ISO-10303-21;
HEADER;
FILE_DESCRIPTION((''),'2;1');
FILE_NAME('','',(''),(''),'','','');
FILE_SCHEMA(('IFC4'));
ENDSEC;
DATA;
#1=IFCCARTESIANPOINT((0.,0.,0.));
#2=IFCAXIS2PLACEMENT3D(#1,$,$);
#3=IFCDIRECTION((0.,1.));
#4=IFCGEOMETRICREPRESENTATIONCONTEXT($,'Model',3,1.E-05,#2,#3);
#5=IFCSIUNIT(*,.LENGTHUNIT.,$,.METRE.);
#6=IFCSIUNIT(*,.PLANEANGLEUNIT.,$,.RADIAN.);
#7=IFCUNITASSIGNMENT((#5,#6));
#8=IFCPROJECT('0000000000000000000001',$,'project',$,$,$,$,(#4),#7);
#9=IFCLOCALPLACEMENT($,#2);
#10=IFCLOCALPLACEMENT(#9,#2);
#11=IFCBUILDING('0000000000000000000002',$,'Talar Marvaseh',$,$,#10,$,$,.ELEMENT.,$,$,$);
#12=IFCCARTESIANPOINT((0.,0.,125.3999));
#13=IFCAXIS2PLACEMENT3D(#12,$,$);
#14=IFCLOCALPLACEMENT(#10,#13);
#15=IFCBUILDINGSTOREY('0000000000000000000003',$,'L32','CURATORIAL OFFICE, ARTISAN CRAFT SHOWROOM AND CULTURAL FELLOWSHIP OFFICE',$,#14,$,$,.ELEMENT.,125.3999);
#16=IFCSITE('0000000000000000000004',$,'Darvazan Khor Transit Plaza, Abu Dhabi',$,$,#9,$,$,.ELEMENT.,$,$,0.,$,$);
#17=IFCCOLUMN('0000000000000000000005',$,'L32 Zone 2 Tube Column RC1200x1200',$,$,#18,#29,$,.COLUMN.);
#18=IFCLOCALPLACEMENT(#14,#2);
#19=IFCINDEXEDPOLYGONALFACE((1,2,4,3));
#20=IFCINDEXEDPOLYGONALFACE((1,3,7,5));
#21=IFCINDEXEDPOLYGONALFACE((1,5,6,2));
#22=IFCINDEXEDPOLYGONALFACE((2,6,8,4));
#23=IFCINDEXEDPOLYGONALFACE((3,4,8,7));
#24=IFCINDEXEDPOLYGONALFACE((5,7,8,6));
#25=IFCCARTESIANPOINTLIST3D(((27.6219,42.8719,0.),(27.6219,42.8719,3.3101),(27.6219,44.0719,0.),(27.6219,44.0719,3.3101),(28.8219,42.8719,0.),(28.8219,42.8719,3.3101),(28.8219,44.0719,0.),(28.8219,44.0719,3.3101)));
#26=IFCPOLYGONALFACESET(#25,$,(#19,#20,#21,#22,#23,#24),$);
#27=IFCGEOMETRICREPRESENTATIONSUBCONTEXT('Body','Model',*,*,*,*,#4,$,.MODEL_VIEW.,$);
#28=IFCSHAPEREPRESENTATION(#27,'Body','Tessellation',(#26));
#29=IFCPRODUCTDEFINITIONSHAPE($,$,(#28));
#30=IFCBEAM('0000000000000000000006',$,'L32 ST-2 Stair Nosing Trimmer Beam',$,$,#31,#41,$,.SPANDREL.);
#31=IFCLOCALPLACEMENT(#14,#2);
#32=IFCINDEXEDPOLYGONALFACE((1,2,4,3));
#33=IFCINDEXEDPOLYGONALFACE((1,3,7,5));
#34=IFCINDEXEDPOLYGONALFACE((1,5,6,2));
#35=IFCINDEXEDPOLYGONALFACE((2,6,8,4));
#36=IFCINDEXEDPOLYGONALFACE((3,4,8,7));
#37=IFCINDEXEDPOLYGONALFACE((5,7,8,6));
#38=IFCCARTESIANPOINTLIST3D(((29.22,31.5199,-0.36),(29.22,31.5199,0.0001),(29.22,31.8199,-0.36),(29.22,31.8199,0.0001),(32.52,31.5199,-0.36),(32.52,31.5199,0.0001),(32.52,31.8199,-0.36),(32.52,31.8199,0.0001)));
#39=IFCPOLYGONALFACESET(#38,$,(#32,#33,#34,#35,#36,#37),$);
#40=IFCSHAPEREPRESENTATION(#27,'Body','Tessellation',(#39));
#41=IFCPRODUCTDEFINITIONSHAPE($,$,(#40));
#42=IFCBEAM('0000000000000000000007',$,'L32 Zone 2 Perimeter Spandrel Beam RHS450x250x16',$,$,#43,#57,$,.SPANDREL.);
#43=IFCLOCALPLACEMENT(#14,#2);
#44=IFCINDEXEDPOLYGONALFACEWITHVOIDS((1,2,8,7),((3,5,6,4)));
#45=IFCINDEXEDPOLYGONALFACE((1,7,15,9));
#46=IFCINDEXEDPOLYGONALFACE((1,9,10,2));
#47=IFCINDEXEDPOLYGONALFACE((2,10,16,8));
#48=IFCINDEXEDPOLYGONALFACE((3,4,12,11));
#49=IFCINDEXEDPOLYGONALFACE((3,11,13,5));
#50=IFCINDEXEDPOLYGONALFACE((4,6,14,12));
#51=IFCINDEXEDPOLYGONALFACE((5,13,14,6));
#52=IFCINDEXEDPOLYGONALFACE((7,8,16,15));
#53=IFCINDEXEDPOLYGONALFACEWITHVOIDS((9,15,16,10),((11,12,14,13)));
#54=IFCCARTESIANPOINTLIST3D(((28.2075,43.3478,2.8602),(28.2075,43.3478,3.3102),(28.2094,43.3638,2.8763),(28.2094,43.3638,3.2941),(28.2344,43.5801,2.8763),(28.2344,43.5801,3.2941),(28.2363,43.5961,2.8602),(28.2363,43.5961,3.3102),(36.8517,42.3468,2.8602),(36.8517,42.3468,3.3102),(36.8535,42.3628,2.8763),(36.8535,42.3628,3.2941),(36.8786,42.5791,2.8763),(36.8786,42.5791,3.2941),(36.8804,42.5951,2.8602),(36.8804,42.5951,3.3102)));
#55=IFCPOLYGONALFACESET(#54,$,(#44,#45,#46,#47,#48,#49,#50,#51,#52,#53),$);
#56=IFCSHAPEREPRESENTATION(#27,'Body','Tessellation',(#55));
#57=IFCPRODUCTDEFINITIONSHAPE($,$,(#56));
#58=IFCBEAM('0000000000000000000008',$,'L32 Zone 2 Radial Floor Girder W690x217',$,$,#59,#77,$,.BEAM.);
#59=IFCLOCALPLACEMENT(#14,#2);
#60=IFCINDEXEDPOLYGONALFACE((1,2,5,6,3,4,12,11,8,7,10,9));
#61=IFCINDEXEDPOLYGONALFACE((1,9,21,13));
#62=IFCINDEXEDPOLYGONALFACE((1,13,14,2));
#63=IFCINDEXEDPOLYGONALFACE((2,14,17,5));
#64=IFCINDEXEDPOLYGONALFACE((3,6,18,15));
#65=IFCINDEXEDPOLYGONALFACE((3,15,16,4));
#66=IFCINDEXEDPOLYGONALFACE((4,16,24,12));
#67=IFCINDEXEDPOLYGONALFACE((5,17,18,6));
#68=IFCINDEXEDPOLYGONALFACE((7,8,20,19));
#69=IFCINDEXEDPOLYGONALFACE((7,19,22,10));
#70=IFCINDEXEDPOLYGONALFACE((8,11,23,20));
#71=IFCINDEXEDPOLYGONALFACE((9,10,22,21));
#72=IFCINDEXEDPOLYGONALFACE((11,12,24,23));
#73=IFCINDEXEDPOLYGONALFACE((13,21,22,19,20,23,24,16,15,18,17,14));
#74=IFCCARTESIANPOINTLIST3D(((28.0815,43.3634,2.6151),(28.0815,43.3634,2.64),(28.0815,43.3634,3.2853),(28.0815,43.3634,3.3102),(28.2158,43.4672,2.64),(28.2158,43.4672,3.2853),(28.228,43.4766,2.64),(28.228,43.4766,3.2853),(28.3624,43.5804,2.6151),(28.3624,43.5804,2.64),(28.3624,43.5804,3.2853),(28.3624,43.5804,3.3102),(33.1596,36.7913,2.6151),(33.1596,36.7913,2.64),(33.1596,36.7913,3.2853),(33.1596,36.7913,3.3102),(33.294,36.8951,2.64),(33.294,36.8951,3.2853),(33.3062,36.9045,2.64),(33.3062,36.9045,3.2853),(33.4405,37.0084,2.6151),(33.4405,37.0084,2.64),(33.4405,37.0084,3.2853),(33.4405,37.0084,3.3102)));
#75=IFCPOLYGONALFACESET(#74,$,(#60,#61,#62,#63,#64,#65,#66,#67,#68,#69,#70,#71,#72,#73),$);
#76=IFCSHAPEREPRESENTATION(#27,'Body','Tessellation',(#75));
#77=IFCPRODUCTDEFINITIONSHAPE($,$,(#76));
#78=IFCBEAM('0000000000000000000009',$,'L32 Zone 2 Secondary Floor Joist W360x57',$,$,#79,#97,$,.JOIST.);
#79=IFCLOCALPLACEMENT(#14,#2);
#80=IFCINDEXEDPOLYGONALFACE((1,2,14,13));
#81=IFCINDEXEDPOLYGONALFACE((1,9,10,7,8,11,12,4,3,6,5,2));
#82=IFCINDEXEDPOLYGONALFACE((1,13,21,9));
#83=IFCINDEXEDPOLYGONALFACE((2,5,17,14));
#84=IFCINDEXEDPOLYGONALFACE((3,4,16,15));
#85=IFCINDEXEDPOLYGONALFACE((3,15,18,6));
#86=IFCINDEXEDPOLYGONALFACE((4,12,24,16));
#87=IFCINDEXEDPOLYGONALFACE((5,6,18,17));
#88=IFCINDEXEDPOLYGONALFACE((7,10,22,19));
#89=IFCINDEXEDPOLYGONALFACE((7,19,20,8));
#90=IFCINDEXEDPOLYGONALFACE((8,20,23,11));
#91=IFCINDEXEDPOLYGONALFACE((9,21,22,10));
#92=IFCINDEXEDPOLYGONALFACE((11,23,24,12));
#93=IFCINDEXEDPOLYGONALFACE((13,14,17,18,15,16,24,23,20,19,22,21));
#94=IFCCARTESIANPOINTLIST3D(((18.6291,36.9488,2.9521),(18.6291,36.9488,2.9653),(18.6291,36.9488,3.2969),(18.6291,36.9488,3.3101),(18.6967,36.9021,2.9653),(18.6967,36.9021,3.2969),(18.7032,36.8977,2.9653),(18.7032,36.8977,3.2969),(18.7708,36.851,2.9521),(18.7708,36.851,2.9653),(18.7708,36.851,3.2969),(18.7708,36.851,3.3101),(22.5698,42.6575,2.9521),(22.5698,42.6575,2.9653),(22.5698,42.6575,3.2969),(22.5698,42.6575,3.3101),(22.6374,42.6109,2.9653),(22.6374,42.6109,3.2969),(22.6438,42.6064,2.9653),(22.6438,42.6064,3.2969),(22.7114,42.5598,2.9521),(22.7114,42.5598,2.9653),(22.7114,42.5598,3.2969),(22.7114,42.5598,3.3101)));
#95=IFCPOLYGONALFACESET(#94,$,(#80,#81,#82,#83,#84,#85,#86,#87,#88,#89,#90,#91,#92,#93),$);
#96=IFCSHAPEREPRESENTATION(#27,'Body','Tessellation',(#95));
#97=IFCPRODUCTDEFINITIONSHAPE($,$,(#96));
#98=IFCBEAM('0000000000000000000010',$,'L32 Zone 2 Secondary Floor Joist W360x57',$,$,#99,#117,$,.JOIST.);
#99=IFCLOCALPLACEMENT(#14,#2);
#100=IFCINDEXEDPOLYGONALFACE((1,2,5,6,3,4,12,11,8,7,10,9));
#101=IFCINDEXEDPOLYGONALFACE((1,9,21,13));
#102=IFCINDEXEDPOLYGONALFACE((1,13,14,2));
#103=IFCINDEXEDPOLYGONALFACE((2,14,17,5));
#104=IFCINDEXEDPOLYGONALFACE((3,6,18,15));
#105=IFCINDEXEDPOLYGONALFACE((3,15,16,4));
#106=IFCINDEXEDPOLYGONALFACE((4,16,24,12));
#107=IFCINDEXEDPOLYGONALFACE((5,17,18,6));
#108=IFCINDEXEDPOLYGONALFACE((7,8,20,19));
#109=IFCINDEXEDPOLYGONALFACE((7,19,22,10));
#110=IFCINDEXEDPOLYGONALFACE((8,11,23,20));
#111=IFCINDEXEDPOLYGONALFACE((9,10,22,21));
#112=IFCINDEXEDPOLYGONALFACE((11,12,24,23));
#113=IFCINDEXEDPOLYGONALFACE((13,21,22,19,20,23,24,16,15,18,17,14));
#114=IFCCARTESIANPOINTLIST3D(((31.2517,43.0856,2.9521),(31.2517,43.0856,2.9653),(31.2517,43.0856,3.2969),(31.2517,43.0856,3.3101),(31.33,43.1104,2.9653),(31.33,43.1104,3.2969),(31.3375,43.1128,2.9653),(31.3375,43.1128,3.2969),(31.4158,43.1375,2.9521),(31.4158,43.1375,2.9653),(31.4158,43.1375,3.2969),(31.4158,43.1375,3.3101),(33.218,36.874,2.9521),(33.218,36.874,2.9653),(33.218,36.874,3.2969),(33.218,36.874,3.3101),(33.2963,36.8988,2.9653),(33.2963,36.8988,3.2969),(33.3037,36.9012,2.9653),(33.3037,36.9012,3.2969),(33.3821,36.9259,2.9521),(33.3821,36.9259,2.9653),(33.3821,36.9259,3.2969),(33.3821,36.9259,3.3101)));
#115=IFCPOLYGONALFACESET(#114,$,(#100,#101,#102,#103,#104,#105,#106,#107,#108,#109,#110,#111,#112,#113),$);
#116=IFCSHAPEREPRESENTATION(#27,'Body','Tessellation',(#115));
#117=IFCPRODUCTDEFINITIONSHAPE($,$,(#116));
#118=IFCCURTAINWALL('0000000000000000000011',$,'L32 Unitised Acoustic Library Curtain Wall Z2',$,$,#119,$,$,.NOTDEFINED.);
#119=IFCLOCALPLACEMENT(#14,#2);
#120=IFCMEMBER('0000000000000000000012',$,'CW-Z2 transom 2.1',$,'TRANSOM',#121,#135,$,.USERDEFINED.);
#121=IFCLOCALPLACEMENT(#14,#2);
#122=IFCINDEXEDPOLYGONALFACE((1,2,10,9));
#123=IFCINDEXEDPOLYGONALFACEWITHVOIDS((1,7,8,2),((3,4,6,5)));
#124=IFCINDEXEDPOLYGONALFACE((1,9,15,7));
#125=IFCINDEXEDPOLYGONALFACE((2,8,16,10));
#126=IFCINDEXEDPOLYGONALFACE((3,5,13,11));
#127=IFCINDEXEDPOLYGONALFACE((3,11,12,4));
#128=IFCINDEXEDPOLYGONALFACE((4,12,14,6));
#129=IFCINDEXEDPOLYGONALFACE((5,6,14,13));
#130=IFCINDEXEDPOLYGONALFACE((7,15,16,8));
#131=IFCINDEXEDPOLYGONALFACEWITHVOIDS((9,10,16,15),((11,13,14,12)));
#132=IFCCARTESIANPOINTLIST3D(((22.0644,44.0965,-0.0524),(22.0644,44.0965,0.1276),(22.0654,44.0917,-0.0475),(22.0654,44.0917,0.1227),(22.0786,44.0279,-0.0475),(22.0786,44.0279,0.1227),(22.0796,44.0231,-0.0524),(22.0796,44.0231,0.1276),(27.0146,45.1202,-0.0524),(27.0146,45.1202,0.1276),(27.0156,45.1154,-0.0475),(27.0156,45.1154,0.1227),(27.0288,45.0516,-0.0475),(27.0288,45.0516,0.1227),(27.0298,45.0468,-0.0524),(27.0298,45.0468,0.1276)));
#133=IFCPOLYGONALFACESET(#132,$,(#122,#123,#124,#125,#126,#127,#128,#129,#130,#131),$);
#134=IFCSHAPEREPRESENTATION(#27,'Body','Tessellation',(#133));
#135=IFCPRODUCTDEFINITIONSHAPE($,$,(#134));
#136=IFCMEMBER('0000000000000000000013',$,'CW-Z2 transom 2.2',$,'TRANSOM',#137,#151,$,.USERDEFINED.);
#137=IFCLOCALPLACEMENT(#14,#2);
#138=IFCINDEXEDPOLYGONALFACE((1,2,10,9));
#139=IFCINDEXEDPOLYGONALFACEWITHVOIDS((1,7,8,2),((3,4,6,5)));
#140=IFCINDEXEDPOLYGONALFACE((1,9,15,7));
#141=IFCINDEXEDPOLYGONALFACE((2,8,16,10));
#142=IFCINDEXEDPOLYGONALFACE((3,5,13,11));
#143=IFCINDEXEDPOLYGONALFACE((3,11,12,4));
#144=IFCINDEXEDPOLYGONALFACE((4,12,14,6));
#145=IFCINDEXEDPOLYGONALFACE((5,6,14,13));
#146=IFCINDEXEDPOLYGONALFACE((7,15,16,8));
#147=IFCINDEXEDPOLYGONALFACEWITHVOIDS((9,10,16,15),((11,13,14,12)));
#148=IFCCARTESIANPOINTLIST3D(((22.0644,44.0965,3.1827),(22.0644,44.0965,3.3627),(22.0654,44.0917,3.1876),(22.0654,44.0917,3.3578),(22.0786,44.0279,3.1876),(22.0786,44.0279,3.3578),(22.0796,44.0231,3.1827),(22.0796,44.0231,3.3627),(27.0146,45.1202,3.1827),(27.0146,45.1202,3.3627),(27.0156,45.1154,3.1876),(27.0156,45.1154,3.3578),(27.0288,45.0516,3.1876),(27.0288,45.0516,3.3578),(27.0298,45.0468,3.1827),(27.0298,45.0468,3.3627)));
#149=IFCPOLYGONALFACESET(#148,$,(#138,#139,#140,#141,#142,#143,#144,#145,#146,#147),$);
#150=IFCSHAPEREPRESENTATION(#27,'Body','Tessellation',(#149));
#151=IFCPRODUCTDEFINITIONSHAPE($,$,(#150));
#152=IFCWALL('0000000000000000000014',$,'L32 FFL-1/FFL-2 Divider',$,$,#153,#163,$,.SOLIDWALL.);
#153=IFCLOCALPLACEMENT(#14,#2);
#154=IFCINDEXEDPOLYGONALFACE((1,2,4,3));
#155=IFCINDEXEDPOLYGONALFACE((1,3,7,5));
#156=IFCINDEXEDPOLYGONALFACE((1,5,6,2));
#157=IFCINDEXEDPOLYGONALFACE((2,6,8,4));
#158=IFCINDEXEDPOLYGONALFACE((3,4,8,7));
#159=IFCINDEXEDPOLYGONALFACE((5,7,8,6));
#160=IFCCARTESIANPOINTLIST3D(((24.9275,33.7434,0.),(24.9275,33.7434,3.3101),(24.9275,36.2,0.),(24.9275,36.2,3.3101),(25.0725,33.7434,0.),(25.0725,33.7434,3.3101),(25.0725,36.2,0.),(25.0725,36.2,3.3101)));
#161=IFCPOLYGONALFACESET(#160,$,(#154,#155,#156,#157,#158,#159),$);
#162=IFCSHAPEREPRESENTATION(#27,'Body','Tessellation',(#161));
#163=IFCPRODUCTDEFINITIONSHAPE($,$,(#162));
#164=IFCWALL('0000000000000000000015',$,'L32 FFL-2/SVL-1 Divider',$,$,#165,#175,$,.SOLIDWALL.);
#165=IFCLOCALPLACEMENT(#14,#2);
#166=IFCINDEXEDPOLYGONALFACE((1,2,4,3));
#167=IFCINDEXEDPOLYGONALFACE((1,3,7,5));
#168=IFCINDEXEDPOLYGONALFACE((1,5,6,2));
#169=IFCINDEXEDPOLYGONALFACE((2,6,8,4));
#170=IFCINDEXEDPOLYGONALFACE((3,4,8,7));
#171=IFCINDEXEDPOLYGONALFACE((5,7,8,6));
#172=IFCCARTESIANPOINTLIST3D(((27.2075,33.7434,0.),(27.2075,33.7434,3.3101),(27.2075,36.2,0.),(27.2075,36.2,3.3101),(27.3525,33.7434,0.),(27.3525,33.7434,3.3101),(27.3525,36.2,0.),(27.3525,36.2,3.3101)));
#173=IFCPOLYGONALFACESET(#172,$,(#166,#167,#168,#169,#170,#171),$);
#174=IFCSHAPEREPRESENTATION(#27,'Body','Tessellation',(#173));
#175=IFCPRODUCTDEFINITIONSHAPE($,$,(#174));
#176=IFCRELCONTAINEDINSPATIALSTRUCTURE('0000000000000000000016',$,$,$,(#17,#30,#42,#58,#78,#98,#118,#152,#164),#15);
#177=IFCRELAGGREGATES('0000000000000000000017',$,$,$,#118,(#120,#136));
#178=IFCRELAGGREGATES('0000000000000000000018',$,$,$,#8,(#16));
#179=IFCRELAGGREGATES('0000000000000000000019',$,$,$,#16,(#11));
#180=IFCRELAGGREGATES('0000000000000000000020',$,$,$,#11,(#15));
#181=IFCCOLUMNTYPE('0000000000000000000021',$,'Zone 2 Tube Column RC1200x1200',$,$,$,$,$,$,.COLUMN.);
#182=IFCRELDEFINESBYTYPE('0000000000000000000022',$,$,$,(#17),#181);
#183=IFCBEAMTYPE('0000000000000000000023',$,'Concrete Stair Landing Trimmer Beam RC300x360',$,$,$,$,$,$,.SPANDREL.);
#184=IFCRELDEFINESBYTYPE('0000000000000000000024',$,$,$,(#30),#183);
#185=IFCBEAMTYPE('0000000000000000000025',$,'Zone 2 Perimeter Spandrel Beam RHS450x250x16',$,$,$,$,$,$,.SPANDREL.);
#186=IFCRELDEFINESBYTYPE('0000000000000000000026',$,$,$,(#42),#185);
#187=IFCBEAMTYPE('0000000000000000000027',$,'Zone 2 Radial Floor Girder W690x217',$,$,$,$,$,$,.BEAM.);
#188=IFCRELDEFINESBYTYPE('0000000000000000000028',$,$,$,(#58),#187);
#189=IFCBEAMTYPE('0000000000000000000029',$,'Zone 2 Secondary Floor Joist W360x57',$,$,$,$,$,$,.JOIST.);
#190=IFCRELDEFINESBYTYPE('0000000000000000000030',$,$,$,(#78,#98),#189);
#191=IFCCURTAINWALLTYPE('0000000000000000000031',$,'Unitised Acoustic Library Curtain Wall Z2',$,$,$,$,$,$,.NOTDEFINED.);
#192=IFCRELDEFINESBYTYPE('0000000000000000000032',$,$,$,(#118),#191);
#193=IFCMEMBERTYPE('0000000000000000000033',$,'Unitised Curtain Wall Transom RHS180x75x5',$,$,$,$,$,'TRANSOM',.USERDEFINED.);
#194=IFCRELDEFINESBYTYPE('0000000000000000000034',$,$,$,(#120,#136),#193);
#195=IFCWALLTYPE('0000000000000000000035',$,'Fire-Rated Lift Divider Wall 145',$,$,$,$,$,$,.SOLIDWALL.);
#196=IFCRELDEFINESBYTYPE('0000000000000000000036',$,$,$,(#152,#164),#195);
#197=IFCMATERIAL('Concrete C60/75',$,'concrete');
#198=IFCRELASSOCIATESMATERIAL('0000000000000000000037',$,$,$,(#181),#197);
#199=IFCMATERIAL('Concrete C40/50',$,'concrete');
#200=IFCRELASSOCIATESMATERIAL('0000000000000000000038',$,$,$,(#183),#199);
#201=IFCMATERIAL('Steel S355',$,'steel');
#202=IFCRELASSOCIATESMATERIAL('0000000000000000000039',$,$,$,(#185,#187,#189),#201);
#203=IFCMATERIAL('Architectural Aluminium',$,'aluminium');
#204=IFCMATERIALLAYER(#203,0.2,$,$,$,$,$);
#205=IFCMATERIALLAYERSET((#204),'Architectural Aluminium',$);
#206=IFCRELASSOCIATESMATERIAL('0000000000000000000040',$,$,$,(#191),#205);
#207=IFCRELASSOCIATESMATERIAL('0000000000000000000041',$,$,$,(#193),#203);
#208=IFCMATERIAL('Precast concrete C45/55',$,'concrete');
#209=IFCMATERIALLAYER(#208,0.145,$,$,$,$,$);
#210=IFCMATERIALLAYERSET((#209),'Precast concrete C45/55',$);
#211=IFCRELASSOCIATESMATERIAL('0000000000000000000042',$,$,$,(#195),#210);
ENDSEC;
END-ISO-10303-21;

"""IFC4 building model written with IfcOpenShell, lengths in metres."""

from ifc_helpers import new_model, si_unit, direction, frame, frame_2d, origin, origin_2d, place, context, subcontext, project, spatial, rectangle, hollow_rectangle, i_section, extrude, source, transform, mapped, material, layer, layer_set, material_profile, profile_set, type_object, type_shapes, element, aggregate, save


model = new_model("IFC4")

# Units and contexts
model_context = context("Model", 3, precision=1e-05, world=origin(), true_north=direction((0.0, 1.0)))
body_context = subcontext(model_context, "Body", "Model", "MODEL_VIEW")
ifc_project = project(units=[si_unit("LENGTHUNIT", "METRE"), si_unit("PLANEANGLEUNIT", "RADIAN")], contexts=[model_context])

# Site, building, storey
site_placement = place(None, origin())
site = spatial("IfcSite", under=ifc_project, at=site_placement, Name="Darvazan Khor Transit Plaza, Abu Dhabi", CompositionType="ELEMENT", RefElevation=0.0)
building_placement = place(site_placement, origin())
building = spatial("IfcBuilding", under=site, at=building_placement, Name="Talar Marvaseh", CompositionType="ELEMENT")
storey_placement = place(building_placement, frame((0.0, 0.0, 125.3999)))
storey = spatial("IfcBuildingStorey", under=building, at=storey_placement, Name="L32", Description="CURATORIAL OFFICE, ARTISAN CRAFT SHOWROOM AND CULTURAL FELLOWSHIP OFFICE", CompositionType="ELEMENT", Elevation=125.3999)

# Column
ifc_material_1 = material(Name="Concrete C60/75", Category="concrete")
ifc_material_profile_1 = material_profile(ifc_material_1, rectangle(XDim=1.2, YDim=1.2, at=origin_2d()), Name="RC1200x1200")
ifc_profile_set_1 = profile_set([ifc_material_profile_1], Name="Concrete C60/75")
column_type = type_object("IfcColumnType", Name="Zone 2 Tube Column RC1200x1200", PredefinedType="COLUMN", material=ifc_profile_set_1)
column_placement = place(storey_placement, frame((28.2219, 43.4719, 0.0), z_axis=(0.0, 0.0, 1.0), x_axis=(1.0, 0.0, 0.0)))
element("IfcColumn", 1, at=column_placement, inside=storey, type_object=column_type, Name="L32 Zone 2 Tube Column RC1200x1200", PredefinedType="COLUMN", context=body_context, shape_type="SweptSolid", body=[
    extrude(rectangle(XDim=1.2, YDim=1.2, at=origin_2d()), origin(), (0.0, 0.0, 1.0), 3.3101),
])

# Beams
ifc_material_2 = material(Name="Concrete C40/50", Category="concrete")
ifc_material_profile_2 = material_profile(ifc_material_2, rectangle(XDim=0.3, YDim=0.3601, at=origin_2d()), Name="RC300x360")
ifc_profile_set_2 = profile_set([ifc_material_profile_2], Name="Concrete C40/50")
beam_type_1 = type_object("IfcBeamType", Name="Concrete Stair Landing Trimmer Beam RC300x360", PredefinedType="SPANDREL", material=ifc_profile_set_2)
beam_1_placement = place(storey_placement, frame((29.22, 31.6699, -0.1799), z_axis=(1.0, 0.0, 0.0), x_axis=(0.0, 1.0, 0.0)))
element("IfcBeam", 2, at=beam_1_placement, inside=storey, type_object=beam_type_1, Name="L32 ST-2 Stair Nosing Trimmer Beam", PredefinedType="SPANDREL", context=body_context, shape_type="SweptSolid", body=[
    extrude(rectangle(XDim=0.3, YDim=0.3601, at=origin_2d()), origin(), (0.0, 0.0, 1.0), 3.3),
])
ifc_material_3 = material(Name="Steel S355", Category="steel")
ifc_material_profile_3 = material_profile(ifc_material_3, hollow_rectangle(XDim=0.25, YDim=0.45, WallThickness=0.0161, at=origin_2d()), Name="RHS450x250x16")
ifc_profile_set_3 = profile_set([ifc_material_profile_3], Name="Steel S355")
beam_type_2 = type_object("IfcBeamType", Name="Zone 2 Perimeter Spandrel Beam RHS450x250x16", PredefinedType="SPANDREL", material=ifc_profile_set_3)
beam_2_placement = place(storey_placement, frame((28.2219, 43.4719, 3.0852), z_axis=(0.993362, -0.115031, 0.0), x_axis=(0.115031, 0.993362, 0.0)))
element("IfcBeam", 3, at=beam_2_placement, inside=storey, type_object=beam_type_2, Name="L32 Zone 2 Perimeter Spandrel Beam RHS450x250x16", PredefinedType="SPANDREL", context=body_context, shape_type="SweptSolid", body=[
    extrude(hollow_rectangle(XDim=0.25, YDim=0.45, WallThickness=0.0161, at=origin_2d()), origin(), (0.0, 0.0, 1.0), 8.7019),
])
ifc_material_profile_4 = material_profile(ifc_material_3, i_section(OverallWidth=0.355, OverallDepth=0.6951, WebThickness=0.0154, FlangeThickness=0.0249, at=origin_2d()), Name="W690x217")
ifc_profile_set_4 = profile_set([ifc_material_profile_4], Name="Steel S355")
beam_type_3 = type_object("IfcBeamType", Name="Zone 2 Radial Floor Girder W690x217", PredefinedType="BEAM", material=ifc_profile_set_4)
beam_3_placement = place(storey_placement, frame((28.2219, 43.4719, 2.9626), z_axis=(0.611428, -0.7913, 0.0), x_axis=(0.7913, 0.611428, 0.0)))
element("IfcBeam", 4, at=beam_3_placement, inside=storey, type_object=beam_type_3, Name="L32 Zone 2 Radial Floor Girder W690x217", PredefinedType="BEAM", context=body_context, shape_type="SweptSolid", body=[
    extrude(i_section(OverallWidth=0.355, OverallDepth=0.6951, WebThickness=0.0154, FlangeThickness=0.0249, at=origin_2d()), origin(), (0.0, 0.0, 1.0), 8.3054),
])
ifc_material_profile_5 = material_profile(ifc_material_3, i_section(OverallWidth=0.1721, OverallDepth=0.3579, WebThickness=0.0078, FlangeThickness=0.0132, at=origin_2d()), Name="W360x57")
ifc_profile_set_5 = profile_set([ifc_material_profile_5], Name="Steel S355")
beam_type_4 = type_object("IfcBeamType", Name="Zone 2 Secondary Floor Joist W360x57", PredefinedType="JOIST", material=ifc_profile_set_5)
beam_4_placement = place(storey_placement, frame((22.6406, 42.6086, 3.1311), z_axis=(-0.568086, -0.822969, 0.0), x_axis=(0.822969, -0.568086, 0.0)))
element("IfcBeam", 5, at=beam_4_placement, inside=storey, type_object=beam_type_4, Name="L32 Zone 2 Secondary Floor Joist W360x57", PredefinedType="JOIST", context=body_context, shape_type="SweptSolid", body=[
    extrude(i_section(OverallWidth=0.1721, OverallDepth=0.3579, WebThickness=0.0078, FlangeThickness=0.0132, at=origin_2d()), origin(), (0.0, 0.0, 1.0), 6.9368),
])
beam_5_placement = place(storey_placement, frame((31.3337, 43.1116, 3.1311), z_axis=(0.301791, -0.953374, 0.0), x_axis=(0.953374, 0.301791, 0.0)))
element("IfcBeam", 6, at=beam_5_placement, inside=storey, type_object=beam_type_4, Name="L32 Zone 2 Secondary Floor Joist W360x57", PredefinedType="JOIST", context=body_context, shape_type="SweptSolid", body=[
    extrude(i_section(OverallWidth=0.1721, OverallDepth=0.3579, WebThickness=0.0078, FlangeThickness=0.0132, at=origin_2d()), origin(), (0.0, 0.0, 1.0), 6.5154),
])

# Curtain wall, members
ifc_material_4 = material(Name="Architectural Aluminium", Category="aluminium")
ifc_layer_1 = layer(ifc_material_4, 0.2)
ifc_layer_set_1 = layer_set([ifc_layer_1], Name="Architectural Aluminium")
curtain_wall_type = type_object("IfcCurtainWallType", Name="Unitised Acoustic Library Curtain Wall Z2", PredefinedType="NOTDEFINED", material=ifc_layer_set_1)
curtain_wall_placement = place(storey_placement, origin())
curtain_wall = element("IfcCurtainWall", 7, at=curtain_wall_placement, inside=storey, type_object=curtain_wall_type, Name="L32 Unitised Acoustic Library Curtain Wall Z2", PredefinedType="NOTDEFINED")
ifc_material_profile_6 = material_profile(ifc_material_4, hollow_rectangle(XDim=0.075, YDim=0.1799, WallThickness=0.0049, at=origin_2d()), Name="RHS180x75x5")
ifc_profile_set_6 = profile_set([ifc_material_profile_6], Name="Architectural Aluminium")
member_type = type_object("IfcMemberType", Name="Unitised Curtain Wall Transom RHS180x75x5", ElementType="TRANSOM", PredefinedType="USERDEFINED", material=ifc_profile_set_6)
shared_shape_1 = source(origin(), body_context, "Body", "SweptSolid", [
    extrude(hollow_rectangle(XDim=0.075, YDim=0.1799, WallThickness=0.0049, at=origin_2d()), origin(), (0.0, 0.0, 1.0), 5.0549),
])
type_shapes(member_type, [shared_shape_1])
member_1_placement = place(storey_placement, frame((22.072, 44.0598, 0.0376), z_axis=(0.97928, 0.202511, 0.0), x_axis=(-0.202511, 0.97928, 0.0)))
member_1 = element("IfcMember", 8, at=member_1_placement, type_object=member_type, Name="CW-Z2 transom 2.1", ObjectType="TRANSOM", PredefinedType="USERDEFINED", context=body_context, shape_type="MappedRepresentation", body=[
    mapped(shared_shape_1, transform((0.0, 0.0, 0.0), x_axis=(1.0, 0.0, 0.0), y_axis=(0.0, 1.0, 0.0), z_axis=(0.0, 0.0, 1.0), scale=1.0)),
])
member_2_placement = place(storey_placement, frame((22.072, 44.0598, 3.2727), z_axis=(0.97928, 0.202511, 0.0), x_axis=(-0.202511, 0.97928, 0.0)))
member_2 = element("IfcMember", 9, at=member_2_placement, type_object=member_type, Name="CW-Z2 transom 2.2", ObjectType="TRANSOM", PredefinedType="USERDEFINED", context=body_context, shape_type="MappedRepresentation", body=[
    mapped(shared_shape_1, transform((0.0, 0.0, 0.0), x_axis=(1.0, 0.0, 0.0), y_axis=(0.0, 1.0, 0.0), z_axis=(0.0, 0.0, 1.0), scale=1.0)),
])
aggregate(curtain_wall, [member_1, member_2])

# Walls
ifc_material_5 = material(Name="Precast concrete C45/55", Category="concrete")
ifc_layer_2 = layer(ifc_material_5, 0.145)
ifc_layer_set_2 = layer_set([ifc_layer_2], Name="Precast concrete C45/55")
wall_type_1 = type_object("IfcWallType", Name="Fire-Rated Lift Divider Wall 145", PredefinedType="SOLIDWALL", material=ifc_layer_set_2)
for number, where, z_axis, x_axis, name in (
    (10, (25.0, 33.7434, 0.0), (0.0, 0.0, 1.0), (0.0, 1.0, 0.0), "L32 FFL-1/FFL-2 Divider"),
    (11, (27.28, 33.7434, 0.0), (0.0, 0.0, 1.0), (0.0, 1.0, 0.0), "L32 FFL-2/SVL-1 Divider"),
):
    element("IfcWall", number, at=place(storey_placement, frame(where, z_axis=z_axis, x_axis=x_axis)), inside=storey, type_object=wall_type_1, Name=name, PredefinedType="SOLIDWALL", context=body_context, shape_type="SweptSolid", body=[
        extrude(rectangle(XDim=2.4565, YDim=0.145, at=frame_2d((1.2283, 0.0))), origin(), (0.0, 0.0, 1.0), 3.3101),
    ])

save(model, "model.ifc")
